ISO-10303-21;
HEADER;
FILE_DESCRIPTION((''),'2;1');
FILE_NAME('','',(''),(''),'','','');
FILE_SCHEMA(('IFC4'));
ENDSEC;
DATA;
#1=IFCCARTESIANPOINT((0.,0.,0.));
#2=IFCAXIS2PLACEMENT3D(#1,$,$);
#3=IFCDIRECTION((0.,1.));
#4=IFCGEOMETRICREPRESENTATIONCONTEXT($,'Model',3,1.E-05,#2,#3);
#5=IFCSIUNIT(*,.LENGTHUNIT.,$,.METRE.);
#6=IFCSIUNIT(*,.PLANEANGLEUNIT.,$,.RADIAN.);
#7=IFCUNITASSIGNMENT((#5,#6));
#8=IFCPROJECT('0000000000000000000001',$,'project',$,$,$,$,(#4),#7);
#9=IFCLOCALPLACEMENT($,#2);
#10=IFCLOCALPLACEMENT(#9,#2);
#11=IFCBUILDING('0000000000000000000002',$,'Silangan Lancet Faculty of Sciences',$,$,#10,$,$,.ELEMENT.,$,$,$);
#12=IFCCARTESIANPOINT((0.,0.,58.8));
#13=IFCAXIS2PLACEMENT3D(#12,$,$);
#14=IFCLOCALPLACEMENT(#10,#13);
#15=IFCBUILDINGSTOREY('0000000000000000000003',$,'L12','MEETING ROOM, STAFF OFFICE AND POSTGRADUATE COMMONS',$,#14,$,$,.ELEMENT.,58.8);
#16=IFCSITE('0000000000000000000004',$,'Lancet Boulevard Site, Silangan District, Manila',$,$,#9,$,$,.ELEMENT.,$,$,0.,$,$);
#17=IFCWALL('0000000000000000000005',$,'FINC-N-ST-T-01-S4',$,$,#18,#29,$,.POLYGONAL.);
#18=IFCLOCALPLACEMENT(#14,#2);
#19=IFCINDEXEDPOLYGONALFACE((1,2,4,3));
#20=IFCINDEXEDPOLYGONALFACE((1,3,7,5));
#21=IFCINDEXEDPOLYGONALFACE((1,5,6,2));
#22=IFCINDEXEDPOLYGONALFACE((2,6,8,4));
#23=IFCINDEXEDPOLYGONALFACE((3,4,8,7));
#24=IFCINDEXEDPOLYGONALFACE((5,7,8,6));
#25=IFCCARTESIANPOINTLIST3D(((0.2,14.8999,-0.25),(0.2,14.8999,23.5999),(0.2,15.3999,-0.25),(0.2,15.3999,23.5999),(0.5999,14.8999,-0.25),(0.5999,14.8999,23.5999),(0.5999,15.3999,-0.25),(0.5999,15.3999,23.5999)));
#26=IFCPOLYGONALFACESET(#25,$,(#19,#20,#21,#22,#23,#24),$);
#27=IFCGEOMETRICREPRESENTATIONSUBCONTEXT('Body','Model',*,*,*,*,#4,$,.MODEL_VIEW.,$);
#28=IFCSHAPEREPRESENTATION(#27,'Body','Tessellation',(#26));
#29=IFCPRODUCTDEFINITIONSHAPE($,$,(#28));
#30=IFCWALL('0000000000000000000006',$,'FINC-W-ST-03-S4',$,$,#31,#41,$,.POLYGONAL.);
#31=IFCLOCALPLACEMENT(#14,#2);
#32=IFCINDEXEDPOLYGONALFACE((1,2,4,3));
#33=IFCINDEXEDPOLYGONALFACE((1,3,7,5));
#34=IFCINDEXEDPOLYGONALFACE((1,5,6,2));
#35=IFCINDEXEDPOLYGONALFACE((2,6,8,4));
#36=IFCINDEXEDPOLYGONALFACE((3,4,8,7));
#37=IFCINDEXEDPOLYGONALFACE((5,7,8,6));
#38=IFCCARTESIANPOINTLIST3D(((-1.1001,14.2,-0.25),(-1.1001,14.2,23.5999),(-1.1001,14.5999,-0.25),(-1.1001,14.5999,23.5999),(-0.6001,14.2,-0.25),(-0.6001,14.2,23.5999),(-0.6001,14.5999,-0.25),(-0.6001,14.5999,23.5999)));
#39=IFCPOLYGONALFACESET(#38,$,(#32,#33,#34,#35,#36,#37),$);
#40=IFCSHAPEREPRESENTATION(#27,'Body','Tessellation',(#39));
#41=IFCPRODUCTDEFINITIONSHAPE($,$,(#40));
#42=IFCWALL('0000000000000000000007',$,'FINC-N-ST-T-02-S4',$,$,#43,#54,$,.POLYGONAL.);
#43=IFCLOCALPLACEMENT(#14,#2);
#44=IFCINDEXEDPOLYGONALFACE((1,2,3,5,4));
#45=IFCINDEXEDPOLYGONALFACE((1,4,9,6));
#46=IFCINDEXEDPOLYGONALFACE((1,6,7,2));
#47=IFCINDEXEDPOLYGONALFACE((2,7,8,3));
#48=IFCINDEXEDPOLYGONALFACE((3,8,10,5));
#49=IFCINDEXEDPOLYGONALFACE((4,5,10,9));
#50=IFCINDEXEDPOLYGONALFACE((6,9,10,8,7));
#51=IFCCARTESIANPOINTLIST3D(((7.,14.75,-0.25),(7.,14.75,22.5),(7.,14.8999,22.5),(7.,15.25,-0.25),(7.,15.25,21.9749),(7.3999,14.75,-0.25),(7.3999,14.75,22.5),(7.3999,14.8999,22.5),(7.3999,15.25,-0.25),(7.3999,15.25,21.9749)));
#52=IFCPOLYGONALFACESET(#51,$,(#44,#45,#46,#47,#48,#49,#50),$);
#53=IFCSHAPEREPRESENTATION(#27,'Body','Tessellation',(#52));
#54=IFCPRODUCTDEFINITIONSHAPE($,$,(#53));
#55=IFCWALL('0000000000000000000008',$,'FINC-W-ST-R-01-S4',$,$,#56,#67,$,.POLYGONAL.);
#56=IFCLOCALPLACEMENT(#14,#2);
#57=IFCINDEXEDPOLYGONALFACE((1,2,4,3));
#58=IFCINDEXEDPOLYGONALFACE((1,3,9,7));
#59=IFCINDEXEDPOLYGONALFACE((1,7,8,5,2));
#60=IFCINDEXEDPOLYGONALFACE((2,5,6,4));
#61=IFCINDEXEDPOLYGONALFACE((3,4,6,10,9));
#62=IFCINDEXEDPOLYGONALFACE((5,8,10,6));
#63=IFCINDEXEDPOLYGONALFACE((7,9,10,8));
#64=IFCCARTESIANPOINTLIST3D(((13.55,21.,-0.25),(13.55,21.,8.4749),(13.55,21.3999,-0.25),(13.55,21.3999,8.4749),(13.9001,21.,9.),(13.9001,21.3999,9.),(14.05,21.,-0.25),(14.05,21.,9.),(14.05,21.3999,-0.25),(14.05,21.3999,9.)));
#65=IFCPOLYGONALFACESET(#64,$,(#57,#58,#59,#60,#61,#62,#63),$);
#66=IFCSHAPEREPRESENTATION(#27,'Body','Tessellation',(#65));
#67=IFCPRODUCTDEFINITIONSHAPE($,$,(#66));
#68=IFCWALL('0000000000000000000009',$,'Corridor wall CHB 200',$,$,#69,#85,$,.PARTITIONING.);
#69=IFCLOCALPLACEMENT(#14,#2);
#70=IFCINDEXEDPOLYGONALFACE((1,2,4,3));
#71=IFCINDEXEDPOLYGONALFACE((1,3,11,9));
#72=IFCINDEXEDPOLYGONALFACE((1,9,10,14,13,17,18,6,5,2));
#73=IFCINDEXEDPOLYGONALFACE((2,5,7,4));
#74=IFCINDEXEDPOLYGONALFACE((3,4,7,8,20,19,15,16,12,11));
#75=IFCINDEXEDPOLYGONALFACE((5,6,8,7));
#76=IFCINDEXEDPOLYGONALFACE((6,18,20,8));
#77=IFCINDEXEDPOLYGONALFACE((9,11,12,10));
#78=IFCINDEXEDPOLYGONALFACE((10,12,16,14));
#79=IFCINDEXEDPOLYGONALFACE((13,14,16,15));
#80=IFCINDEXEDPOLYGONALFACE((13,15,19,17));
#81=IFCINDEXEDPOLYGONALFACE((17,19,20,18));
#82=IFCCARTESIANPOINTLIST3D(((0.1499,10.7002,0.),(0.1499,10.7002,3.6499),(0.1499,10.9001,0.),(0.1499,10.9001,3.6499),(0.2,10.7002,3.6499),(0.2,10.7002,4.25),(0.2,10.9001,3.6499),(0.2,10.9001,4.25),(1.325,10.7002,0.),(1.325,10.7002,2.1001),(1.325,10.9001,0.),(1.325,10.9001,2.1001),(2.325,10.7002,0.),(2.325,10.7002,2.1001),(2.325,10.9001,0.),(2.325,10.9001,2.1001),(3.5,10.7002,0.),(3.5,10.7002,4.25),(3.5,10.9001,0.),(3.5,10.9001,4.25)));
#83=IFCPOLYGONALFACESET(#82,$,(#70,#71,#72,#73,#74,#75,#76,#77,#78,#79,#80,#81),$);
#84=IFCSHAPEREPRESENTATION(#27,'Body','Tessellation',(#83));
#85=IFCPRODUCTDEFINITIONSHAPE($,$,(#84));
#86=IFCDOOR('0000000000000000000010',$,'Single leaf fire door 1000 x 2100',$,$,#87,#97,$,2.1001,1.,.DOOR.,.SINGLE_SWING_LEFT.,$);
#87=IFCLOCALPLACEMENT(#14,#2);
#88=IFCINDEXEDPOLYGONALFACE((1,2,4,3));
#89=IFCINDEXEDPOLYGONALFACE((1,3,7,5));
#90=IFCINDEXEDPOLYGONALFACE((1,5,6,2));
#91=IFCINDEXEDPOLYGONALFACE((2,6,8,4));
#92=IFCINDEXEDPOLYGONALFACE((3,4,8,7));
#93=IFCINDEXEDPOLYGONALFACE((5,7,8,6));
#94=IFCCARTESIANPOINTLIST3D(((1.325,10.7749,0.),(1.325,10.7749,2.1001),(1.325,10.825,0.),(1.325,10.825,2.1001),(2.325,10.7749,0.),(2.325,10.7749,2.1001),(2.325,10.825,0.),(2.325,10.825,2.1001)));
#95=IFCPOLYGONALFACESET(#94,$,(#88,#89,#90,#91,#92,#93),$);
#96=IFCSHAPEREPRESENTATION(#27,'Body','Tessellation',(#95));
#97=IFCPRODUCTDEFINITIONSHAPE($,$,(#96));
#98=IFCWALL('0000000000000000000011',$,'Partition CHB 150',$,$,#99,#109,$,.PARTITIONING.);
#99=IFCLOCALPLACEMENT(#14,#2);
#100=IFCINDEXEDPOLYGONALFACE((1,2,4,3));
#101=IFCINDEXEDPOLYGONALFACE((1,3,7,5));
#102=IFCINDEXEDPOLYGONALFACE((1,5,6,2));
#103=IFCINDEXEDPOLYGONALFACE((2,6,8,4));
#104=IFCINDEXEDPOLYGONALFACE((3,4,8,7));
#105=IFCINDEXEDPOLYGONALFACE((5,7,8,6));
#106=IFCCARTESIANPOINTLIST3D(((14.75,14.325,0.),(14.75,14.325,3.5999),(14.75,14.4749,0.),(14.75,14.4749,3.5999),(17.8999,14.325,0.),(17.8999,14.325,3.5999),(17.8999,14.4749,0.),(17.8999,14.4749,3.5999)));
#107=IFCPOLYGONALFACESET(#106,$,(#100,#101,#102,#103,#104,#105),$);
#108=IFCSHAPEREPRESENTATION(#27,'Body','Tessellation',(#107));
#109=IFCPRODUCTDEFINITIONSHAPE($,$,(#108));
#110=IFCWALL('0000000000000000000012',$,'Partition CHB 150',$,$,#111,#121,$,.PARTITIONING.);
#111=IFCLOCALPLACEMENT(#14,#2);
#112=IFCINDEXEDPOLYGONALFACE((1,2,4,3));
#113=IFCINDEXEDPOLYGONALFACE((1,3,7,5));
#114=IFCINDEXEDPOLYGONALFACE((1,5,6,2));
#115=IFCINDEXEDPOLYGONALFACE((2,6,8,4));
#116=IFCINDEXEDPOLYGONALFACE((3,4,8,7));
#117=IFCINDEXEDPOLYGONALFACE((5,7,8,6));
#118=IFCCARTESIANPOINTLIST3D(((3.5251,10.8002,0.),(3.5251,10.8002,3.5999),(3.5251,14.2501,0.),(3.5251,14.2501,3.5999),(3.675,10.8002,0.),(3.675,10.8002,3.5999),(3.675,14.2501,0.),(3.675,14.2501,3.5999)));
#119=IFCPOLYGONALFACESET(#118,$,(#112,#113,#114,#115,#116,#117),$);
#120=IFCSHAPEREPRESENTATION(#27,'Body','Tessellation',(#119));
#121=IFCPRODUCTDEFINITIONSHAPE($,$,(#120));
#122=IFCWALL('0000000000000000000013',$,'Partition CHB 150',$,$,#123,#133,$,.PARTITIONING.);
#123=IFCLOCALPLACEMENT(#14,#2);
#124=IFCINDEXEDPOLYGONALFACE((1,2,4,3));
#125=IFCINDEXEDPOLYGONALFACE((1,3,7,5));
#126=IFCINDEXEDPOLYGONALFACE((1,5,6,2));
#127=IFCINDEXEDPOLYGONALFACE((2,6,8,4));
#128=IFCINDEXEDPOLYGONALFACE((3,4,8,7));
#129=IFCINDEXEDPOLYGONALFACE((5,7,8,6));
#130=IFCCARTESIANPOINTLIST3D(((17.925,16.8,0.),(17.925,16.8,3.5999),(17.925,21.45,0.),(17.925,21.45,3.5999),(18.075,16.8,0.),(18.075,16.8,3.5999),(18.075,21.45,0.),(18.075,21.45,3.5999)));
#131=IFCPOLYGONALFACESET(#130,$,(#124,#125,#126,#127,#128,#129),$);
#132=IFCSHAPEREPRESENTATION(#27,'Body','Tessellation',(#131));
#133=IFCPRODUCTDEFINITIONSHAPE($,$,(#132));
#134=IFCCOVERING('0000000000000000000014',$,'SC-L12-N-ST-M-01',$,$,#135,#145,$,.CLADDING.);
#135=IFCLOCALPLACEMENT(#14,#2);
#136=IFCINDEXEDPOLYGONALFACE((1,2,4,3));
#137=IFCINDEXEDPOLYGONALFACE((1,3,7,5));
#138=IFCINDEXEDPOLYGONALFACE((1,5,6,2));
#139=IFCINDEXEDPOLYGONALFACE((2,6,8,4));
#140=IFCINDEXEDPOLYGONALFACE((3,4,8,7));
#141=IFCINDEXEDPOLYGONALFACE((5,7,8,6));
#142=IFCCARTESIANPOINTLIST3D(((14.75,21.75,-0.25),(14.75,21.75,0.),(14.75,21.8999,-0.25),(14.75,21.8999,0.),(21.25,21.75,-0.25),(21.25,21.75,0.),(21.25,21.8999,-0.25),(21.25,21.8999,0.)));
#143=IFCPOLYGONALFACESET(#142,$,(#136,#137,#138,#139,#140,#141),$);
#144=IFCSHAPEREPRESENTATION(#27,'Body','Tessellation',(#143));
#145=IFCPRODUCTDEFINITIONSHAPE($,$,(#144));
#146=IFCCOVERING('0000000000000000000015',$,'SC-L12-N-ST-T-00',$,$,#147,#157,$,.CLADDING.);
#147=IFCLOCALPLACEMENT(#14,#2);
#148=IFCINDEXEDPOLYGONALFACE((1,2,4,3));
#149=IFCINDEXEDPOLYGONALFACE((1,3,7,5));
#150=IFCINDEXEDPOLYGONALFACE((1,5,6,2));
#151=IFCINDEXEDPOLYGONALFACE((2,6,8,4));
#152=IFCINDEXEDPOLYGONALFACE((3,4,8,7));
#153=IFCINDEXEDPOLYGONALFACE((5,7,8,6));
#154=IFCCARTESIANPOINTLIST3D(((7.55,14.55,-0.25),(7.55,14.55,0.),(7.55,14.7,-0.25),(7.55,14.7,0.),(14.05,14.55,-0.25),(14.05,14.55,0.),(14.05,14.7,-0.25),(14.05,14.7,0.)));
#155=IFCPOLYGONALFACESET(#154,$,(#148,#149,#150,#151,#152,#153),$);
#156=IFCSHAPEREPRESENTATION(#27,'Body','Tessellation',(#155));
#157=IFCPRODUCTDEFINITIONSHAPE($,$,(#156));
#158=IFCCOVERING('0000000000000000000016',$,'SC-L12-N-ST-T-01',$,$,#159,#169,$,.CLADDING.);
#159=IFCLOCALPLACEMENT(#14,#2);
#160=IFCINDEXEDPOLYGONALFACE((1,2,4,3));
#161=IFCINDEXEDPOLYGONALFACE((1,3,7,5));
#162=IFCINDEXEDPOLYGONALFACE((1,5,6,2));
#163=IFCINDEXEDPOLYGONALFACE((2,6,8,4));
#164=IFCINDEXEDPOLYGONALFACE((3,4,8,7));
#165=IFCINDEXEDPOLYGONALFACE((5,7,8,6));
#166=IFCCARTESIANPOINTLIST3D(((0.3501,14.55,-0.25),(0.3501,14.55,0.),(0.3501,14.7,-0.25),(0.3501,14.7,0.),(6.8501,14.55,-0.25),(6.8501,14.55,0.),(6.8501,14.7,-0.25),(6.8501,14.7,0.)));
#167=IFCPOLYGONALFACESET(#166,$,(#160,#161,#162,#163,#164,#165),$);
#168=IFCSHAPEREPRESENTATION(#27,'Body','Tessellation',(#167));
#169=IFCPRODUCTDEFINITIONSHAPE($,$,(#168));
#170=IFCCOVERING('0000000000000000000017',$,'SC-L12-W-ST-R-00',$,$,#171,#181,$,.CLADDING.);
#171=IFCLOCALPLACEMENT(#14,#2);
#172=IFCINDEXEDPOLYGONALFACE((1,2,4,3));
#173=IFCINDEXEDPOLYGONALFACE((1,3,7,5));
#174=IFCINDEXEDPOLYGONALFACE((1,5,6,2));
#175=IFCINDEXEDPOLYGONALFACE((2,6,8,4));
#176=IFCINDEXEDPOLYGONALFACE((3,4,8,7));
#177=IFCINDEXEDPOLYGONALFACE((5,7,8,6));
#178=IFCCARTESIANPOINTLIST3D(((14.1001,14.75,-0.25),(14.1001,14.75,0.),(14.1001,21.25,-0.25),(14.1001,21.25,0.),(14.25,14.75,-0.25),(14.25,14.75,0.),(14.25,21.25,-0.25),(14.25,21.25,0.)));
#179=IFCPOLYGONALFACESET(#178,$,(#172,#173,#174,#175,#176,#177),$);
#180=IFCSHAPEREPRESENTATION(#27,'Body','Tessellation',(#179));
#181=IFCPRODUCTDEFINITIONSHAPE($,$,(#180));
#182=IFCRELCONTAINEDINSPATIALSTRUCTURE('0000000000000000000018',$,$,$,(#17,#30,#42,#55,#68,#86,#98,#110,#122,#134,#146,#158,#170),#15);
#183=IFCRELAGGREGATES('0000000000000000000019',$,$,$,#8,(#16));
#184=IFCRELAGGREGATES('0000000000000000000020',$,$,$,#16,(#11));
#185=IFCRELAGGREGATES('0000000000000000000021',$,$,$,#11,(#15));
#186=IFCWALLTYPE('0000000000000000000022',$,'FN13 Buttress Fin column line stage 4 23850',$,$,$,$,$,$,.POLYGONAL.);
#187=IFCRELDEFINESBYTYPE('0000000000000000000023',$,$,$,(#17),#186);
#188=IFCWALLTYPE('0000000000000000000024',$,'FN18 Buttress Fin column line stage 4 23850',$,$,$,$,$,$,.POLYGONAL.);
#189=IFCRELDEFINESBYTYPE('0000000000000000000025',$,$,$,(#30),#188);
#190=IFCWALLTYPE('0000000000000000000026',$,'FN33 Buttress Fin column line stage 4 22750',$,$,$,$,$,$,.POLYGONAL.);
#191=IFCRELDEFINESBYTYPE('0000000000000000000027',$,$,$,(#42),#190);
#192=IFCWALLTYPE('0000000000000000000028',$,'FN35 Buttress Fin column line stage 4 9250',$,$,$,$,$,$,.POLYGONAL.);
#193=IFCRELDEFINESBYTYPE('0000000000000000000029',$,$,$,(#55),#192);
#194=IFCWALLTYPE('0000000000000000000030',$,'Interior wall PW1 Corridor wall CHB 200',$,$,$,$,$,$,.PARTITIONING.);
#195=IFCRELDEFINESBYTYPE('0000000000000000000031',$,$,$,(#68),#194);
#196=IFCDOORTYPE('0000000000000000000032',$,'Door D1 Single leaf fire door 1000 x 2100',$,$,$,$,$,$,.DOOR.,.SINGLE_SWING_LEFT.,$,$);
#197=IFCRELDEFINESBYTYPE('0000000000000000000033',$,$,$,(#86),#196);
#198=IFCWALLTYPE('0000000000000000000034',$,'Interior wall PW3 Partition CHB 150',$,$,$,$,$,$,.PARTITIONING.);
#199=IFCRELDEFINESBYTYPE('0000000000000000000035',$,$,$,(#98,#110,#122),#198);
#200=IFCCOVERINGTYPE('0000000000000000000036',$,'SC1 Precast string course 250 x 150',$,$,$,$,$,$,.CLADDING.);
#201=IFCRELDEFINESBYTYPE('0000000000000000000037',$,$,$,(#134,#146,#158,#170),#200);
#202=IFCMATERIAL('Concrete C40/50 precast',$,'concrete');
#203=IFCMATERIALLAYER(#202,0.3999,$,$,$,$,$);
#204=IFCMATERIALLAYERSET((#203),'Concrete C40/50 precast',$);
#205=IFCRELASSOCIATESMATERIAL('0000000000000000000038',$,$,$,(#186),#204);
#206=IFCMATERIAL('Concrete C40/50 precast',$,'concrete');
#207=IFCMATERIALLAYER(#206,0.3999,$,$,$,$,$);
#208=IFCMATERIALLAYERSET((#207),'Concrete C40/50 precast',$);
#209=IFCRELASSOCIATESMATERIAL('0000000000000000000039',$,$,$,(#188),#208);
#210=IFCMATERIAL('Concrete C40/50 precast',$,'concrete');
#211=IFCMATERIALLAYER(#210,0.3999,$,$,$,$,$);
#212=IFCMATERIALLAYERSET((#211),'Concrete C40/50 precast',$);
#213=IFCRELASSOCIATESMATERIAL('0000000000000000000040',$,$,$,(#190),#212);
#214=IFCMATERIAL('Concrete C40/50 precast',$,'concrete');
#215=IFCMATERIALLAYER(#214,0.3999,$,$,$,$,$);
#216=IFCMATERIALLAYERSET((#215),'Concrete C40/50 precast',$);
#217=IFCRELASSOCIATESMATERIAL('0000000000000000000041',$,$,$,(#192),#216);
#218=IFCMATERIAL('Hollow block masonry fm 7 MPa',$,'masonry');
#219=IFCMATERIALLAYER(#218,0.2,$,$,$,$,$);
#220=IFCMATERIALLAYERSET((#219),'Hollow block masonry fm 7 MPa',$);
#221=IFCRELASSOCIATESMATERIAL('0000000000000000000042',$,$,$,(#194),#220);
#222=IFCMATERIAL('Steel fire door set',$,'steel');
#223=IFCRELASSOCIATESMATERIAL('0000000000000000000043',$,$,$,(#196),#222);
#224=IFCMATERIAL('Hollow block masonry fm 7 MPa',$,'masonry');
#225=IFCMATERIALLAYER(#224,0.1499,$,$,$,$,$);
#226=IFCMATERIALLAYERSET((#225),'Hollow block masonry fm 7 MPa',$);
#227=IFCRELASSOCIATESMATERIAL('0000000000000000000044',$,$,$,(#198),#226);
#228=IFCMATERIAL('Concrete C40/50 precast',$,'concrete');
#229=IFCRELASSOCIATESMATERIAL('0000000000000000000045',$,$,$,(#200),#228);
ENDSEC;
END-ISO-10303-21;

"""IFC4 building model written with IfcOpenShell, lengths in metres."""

from ifc_helpers import new_model, si_unit, direction, frame, frame_2d, origin, origin_2d, place, context, subcontext, project, spatial, polyline, rectangle, outline, extrude, material, layer, layer_set, type_object, element, fill, save


model = new_model("IFC4")

# Units and contexts
model_context = context("Model", 3, precision=1e-05, world=origin(), true_north=direction((0.0, 1.0)))
body_context = subcontext(model_context, "Body", "Model", "MODEL_VIEW")
ifc_project = project(units=[si_unit("LENGTHUNIT", "METRE"), si_unit("PLANEANGLEUNIT", "RADIAN")], contexts=[model_context])

# Site, building, storey
site_placement = place(None, origin())
site = spatial("IfcSite", under=ifc_project, at=site_placement, Name="Lancet Boulevard Site, Silangan District, Manila", CompositionType="ELEMENT", RefElevation=0.0)
building_placement = place(site_placement, origin())
building = spatial("IfcBuilding", under=site, at=building_placement, Name="Silangan Lancet Faculty of Sciences", CompositionType="ELEMENT")
storey_placement = place(building_placement, frame((0.0, 0.0, 58.8)))
storey = spatial("IfcBuildingStorey", under=building, at=storey_placement, Name="L12", Description="MEETING ROOM, STAFF OFFICE AND POSTGRADUATE COMMONS", CompositionType="ELEMENT", Elevation=58.8)

# Walls
ifc_material_1 = material(Name="Concrete C40/50 precast", Category="concrete")
ifc_layer_1 = layer(ifc_material_1, 0.3999)
ifc_layer_set_1 = layer_set([ifc_layer_1], Name="Concrete C40/50 precast")
wall_type_1 = type_object("IfcWallType", Name="FN13 Buttress Fin column line stage 4 23850", PredefinedType="POLYGONAL", material=ifc_layer_set_1)
wall_1_placement = place(storey_placement, frame((0.3999, 14.8999, -0.25), z_axis=(0.0, 0.0, 1.0), x_axis=(0.0, 1.0, 0.0)))
element("IfcWall", 1, at=wall_1_placement, inside=storey, type_object=wall_type_1, Name="FINC-N-ST-T-01-S4", PredefinedType="POLYGONAL", context=body_context, shape_type="SweptSolid", body=[
    extrude(outline(polyline([(0.5, 0.0), (0.5, 23.8499), (0.0, 23.8499), (0.0, 0.0), (0.5, 0.0)])), frame((0.0, 0.2, 0.0), z_axis=(0.0, -1.0, 0.0), x_axis=(1.0, 0.0, 0.0)), (0.0, 0.0, 1.0), 0.3999),
])
ifc_material_2 = material(Name="Concrete C40/50 precast", Category="concrete")
ifc_layer_2 = layer(ifc_material_2, 0.3999)
ifc_layer_set_2 = layer_set([ifc_layer_2], Name="Concrete C40/50 precast")
wall_type_2 = type_object("IfcWallType", Name="FN18 Buttress Fin column line stage 4 23850", PredefinedType="POLYGONAL", material=ifc_layer_set_2)
wall_2_placement = place(storey_placement, frame((-0.6001, 14.3999, -0.25), z_axis=(0.0, 0.0, 1.0), x_axis=(-1.0, 0.0, 0.0)))
element("IfcWall", 2, at=wall_2_placement, inside=storey, type_object=wall_type_2, Name="FINC-W-ST-03-S4", PredefinedType="POLYGONAL", context=body_context, shape_type="SweptSolid", body=[
    extrude(outline(polyline([(0.5, 0.0), (0.5, 23.8499), (0.0, 23.8499), (0.0, 0.0), (0.5, 0.0)])), frame((0.0, 0.2, 0.0), z_axis=(0.0, -1.0, 0.0), x_axis=(1.0, 0.0, 0.0)), (0.0, 0.0, 1.0), 0.3999),
])
ifc_material_3 = material(Name="Concrete C40/50 precast", Category="concrete")
ifc_layer_3 = layer(ifc_material_3, 0.3999)
ifc_layer_set_3 = layer_set([ifc_layer_3], Name="Concrete C40/50 precast")
wall_type_3 = type_object("IfcWallType", Name="FN33 Buttress Fin column line stage 4 22750", PredefinedType="POLYGONAL", material=ifc_layer_set_3)
wall_3_placement = place(storey_placement, frame((7.2, 14.75, -0.25), z_axis=(0.0, 0.0, 1.0), x_axis=(0.0, 1.0, 0.0)))
element("IfcWall", 3, at=wall_3_placement, inside=storey, type_object=wall_type_3, Name="FINC-N-ST-T-02-S4", PredefinedType="POLYGONAL", context=body_context, shape_type="SweptSolid", body=[
    extrude(outline(polyline([(0.5, 0.0), (0.5, 22.2249), (0.1499, 22.75), (0.0, 22.75), (0.0, 0.0), (0.5, 0.0)])), frame((0.0, 0.2, 0.0), z_axis=(0.0, -1.0, 0.0), x_axis=(1.0, 0.0, 0.0)), (0.0, 0.0, 1.0), 0.3999),
])
ifc_material_4 = material(Name="Concrete C40/50 precast", Category="concrete")
ifc_layer_4 = layer(ifc_material_4, 0.3999)
ifc_layer_set_4 = layer_set([ifc_layer_4], Name="Concrete C40/50 precast")
wall_type_4 = type_object("IfcWallType", Name="FN35 Buttress Fin column line stage 4 9250", PredefinedType="POLYGONAL", material=ifc_layer_set_4)
wall_4_placement = place(storey_placement, frame((14.05, 21.2, -0.25), z_axis=(0.0, 0.0, 1.0), x_axis=(-1.0, 0.0, 0.0)))
element("IfcWall", 4, at=wall_4_placement, inside=storey, type_object=wall_type_4, Name="FINC-W-ST-R-01-S4", PredefinedType="POLYGONAL", context=body_context, shape_type="SweptSolid", body=[
    extrude(outline(polyline([(0.5, 0.0), (0.5, 8.7249), (0.1499, 9.25), (0.0, 9.25), (0.0, 0.0), (0.5, 0.0)])), frame((0.0, 0.2, 0.0), z_axis=(0.0, -1.0, 0.0), x_axis=(1.0, 0.0, 0.0)), (0.0, 0.0, 1.0), 0.3999),
])

# Wall, opening, door
ifc_material_5 = material(Name="Hollow block masonry fm 7 MPa", Category="masonry")
ifc_layer_5 = layer(ifc_material_5, 0.2)
ifc_layer_set_5 = layer_set([ifc_layer_5], Name="Hollow block masonry fm 7 MPa")
wall_type_5 = type_object("IfcWallType", Name="Interior wall PW1 Corridor wall CHB 200", PredefinedType="PARTITIONING", material=ifc_layer_set_5)
wall_5_placement = place(storey_placement, frame((0.1499, 10.8, 0.0), z_axis=(0.0, 0.0, 1.0), x_axis=(1.0, 0.0, 0.0)))
wall_5 = element("IfcWall", 5, at=wall_5_placement, inside=storey, type_object=wall_type_5, Name="Corridor wall CHB 200", PredefinedType="PARTITIONING", context=body_context, shape_type="SweptSolid", body=[
    extrude(outline(polyline([(0.0, 0.0), (3.3501, 0.0), (3.3501, 4.25), (0.05, 4.25), (0.05, 3.6499), (0.0, 3.6499), (0.0, 0.0)])), frame((0.0, 0.1001, 0.0), z_axis=(0.0, -1.0, 0.0), x_axis=(1.0, 0.0, 0.0)), (0.0, 0.0, 1.0), 0.2),
])
opening_1_placement = place(wall_5_placement, frame((1.175, 0.0, 0.0)))
opening_1 = element("IfcOpeningElement", 6, at=opening_1_placement, cuts=wall_5, PredefinedType="OPENING", context=body_context, shape_type="SweptSolid", body=[
    extrude(rectangle(XDim=1.0, YDim=2.1001, at=frame_2d((0.5, 1.05))), frame((0.0, 0.1099, 0.0), z_axis=(0.0, -1.0, 0.0), x_axis=(1.0, 0.0, 0.0)), (0.0, 0.0, 1.0), 0.22),
])
ifc_material_6 = material(Name="Steel fire door set", Category="steel")
door_type = type_object("IfcDoorType", Name="Door D1 Single leaf fire door 1000 x 2100", OperationType="SINGLE_SWING_LEFT", PredefinedType="DOOR", material=ifc_material_6)
door_placement = place(opening_1_placement, origin())
door = element("IfcDoor", 7, at=door_placement, inside=storey, type_object=door_type, Name="Single leaf fire door 1000 x 2100", OperationType="SINGLE_SWING_LEFT", OverallHeight=2.1001, OverallWidth=1.0, PredefinedType="DOOR", context=body_context, shape_type="SweptSolid", body=[
    extrude(rectangle(XDim=1.0, YDim=2.1001, at=frame_2d((0.5, 1.05))), frame((0.0, 0.0249, 0.0), z_axis=(0.0, -1.0, 0.0), x_axis=(1.0, 0.0, 0.0)), (0.0, 0.0, 1.0), 0.05),
])
fill(opening_1, door)

# Walls
ifc_material_7 = material(Name="Hollow block masonry fm 7 MPa", Category="masonry")
ifc_layer_6 = layer(ifc_material_7, 0.1499)
ifc_layer_set_6 = layer_set([ifc_layer_6], Name="Hollow block masonry fm 7 MPa")
wall_type_6 = type_object("IfcWallType", Name="Interior wall PW3 Partition CHB 150", PredefinedType="PARTITIONING", material=ifc_layer_set_6)
wall_6_placement = place(storey_placement, frame((14.75, 14.3999, 0.0), z_axis=(0.0, 0.0, 1.0), x_axis=(1.0, 0.0, 0.0)))
element("IfcWall", 8, at=wall_6_placement, inside=storey, type_object=wall_type_6, Name="Partition CHB 150", PredefinedType="PARTITIONING", context=body_context, shape_type="SweptSolid", body=[
    extrude(rectangle(XDim=3.1499, YDim=0.1499, at=frame_2d((1.575, 0.0))), origin(), (0.0, 0.0, 1.0), 3.5999),
])
wall_7_placement = place(storey_placement, frame((3.6001, 10.8, 0.0), z_axis=(0.0, 0.0, 1.0), x_axis=(0.0, 1.0, 0.0)))
element("IfcWall", 9, at=wall_7_placement, inside=storey, type_object=wall_type_6, Name="Partition CHB 150", PredefinedType="PARTITIONING", context=body_context, shape_type="SweptSolid", body=[
    extrude(rectangle(XDim=3.45, YDim=0.1499, at=frame_2d((1.7251, 0.0))), origin(), (0.0, 0.0, 1.0), 3.5999),
])
wall_8_placement = place(storey_placement, frame((18.0, 16.8, 0.0), z_axis=(0.0, 0.0, 1.0), x_axis=(0.0, 1.0, 0.0)))
element("IfcWall", 10, at=wall_8_placement, inside=storey, type_object=wall_type_6, Name="Partition CHB 150", PredefinedType="PARTITIONING", context=body_context, shape_type="SweptSolid", body=[
    extrude(rectangle(XDim=4.6499, YDim=0.1499, at=frame_2d((2.325, 0.0))), origin(), (0.0, 0.0, 1.0), 3.5999),
])

# Coverings
ifc_material_8 = material(Name="Concrete C40/50 precast", Category="concrete")
covering_type = type_object("IfcCoveringType", Name="SC1 Precast string course 250 x 150", PredefinedType="CLADDING", material=ifc_material_8)
for number, where, z_axis, x_axis, name in (
    (11, (18.0, 21.825, -0.25), (0.0, 0.0, 1.0), (1.0, 0.0, 0.0), "SC-L12-N-ST-M-01"),
    (12, (10.8, 14.625, -0.25), (0.0, 0.0, 1.0), (1.0, 0.0, 0.0), "SC-L12-N-ST-T-00"),
    (13, (3.6001, 14.625, -0.25), (0.0, 0.0, 1.0), (1.0, 0.0, 0.0), "SC-L12-N-ST-T-01"),
):
    element("IfcCovering", number, at=place(storey_placement, frame(where, z_axis=z_axis, x_axis=x_axis)), inside=storey, type_object=covering_type, Name=name, PredefinedType="CLADDING", context=body_context, shape_type="SweptSolid", body=[
        extrude(rectangle(XDim=6.5, YDim=0.1499, at=origin_2d()), origin(), (0.0, 0.0, 1.0), 0.25),
    ])
for number, where, z_axis, x_axis, name in (
    (14, (14.175, 18.0, -0.25), (0.0, 0.0, 1.0), (1.0, 0.0, 0.0), "SC-L12-W-ST-R-00"),
):
    element("IfcCovering", number, at=place(storey_placement, frame(where, z_axis=z_axis, x_axis=x_axis)), inside=storey, type_object=covering_type, Name=name, PredefinedType="CLADDING", context=body_context, shape_type="SweptSolid", body=[
        extrude(rectangle(XDim=0.1499, YDim=6.5, at=origin_2d()), origin(), (0.0, 0.0, 1.0), 0.25),
    ])

save(model, "model.ifc")
